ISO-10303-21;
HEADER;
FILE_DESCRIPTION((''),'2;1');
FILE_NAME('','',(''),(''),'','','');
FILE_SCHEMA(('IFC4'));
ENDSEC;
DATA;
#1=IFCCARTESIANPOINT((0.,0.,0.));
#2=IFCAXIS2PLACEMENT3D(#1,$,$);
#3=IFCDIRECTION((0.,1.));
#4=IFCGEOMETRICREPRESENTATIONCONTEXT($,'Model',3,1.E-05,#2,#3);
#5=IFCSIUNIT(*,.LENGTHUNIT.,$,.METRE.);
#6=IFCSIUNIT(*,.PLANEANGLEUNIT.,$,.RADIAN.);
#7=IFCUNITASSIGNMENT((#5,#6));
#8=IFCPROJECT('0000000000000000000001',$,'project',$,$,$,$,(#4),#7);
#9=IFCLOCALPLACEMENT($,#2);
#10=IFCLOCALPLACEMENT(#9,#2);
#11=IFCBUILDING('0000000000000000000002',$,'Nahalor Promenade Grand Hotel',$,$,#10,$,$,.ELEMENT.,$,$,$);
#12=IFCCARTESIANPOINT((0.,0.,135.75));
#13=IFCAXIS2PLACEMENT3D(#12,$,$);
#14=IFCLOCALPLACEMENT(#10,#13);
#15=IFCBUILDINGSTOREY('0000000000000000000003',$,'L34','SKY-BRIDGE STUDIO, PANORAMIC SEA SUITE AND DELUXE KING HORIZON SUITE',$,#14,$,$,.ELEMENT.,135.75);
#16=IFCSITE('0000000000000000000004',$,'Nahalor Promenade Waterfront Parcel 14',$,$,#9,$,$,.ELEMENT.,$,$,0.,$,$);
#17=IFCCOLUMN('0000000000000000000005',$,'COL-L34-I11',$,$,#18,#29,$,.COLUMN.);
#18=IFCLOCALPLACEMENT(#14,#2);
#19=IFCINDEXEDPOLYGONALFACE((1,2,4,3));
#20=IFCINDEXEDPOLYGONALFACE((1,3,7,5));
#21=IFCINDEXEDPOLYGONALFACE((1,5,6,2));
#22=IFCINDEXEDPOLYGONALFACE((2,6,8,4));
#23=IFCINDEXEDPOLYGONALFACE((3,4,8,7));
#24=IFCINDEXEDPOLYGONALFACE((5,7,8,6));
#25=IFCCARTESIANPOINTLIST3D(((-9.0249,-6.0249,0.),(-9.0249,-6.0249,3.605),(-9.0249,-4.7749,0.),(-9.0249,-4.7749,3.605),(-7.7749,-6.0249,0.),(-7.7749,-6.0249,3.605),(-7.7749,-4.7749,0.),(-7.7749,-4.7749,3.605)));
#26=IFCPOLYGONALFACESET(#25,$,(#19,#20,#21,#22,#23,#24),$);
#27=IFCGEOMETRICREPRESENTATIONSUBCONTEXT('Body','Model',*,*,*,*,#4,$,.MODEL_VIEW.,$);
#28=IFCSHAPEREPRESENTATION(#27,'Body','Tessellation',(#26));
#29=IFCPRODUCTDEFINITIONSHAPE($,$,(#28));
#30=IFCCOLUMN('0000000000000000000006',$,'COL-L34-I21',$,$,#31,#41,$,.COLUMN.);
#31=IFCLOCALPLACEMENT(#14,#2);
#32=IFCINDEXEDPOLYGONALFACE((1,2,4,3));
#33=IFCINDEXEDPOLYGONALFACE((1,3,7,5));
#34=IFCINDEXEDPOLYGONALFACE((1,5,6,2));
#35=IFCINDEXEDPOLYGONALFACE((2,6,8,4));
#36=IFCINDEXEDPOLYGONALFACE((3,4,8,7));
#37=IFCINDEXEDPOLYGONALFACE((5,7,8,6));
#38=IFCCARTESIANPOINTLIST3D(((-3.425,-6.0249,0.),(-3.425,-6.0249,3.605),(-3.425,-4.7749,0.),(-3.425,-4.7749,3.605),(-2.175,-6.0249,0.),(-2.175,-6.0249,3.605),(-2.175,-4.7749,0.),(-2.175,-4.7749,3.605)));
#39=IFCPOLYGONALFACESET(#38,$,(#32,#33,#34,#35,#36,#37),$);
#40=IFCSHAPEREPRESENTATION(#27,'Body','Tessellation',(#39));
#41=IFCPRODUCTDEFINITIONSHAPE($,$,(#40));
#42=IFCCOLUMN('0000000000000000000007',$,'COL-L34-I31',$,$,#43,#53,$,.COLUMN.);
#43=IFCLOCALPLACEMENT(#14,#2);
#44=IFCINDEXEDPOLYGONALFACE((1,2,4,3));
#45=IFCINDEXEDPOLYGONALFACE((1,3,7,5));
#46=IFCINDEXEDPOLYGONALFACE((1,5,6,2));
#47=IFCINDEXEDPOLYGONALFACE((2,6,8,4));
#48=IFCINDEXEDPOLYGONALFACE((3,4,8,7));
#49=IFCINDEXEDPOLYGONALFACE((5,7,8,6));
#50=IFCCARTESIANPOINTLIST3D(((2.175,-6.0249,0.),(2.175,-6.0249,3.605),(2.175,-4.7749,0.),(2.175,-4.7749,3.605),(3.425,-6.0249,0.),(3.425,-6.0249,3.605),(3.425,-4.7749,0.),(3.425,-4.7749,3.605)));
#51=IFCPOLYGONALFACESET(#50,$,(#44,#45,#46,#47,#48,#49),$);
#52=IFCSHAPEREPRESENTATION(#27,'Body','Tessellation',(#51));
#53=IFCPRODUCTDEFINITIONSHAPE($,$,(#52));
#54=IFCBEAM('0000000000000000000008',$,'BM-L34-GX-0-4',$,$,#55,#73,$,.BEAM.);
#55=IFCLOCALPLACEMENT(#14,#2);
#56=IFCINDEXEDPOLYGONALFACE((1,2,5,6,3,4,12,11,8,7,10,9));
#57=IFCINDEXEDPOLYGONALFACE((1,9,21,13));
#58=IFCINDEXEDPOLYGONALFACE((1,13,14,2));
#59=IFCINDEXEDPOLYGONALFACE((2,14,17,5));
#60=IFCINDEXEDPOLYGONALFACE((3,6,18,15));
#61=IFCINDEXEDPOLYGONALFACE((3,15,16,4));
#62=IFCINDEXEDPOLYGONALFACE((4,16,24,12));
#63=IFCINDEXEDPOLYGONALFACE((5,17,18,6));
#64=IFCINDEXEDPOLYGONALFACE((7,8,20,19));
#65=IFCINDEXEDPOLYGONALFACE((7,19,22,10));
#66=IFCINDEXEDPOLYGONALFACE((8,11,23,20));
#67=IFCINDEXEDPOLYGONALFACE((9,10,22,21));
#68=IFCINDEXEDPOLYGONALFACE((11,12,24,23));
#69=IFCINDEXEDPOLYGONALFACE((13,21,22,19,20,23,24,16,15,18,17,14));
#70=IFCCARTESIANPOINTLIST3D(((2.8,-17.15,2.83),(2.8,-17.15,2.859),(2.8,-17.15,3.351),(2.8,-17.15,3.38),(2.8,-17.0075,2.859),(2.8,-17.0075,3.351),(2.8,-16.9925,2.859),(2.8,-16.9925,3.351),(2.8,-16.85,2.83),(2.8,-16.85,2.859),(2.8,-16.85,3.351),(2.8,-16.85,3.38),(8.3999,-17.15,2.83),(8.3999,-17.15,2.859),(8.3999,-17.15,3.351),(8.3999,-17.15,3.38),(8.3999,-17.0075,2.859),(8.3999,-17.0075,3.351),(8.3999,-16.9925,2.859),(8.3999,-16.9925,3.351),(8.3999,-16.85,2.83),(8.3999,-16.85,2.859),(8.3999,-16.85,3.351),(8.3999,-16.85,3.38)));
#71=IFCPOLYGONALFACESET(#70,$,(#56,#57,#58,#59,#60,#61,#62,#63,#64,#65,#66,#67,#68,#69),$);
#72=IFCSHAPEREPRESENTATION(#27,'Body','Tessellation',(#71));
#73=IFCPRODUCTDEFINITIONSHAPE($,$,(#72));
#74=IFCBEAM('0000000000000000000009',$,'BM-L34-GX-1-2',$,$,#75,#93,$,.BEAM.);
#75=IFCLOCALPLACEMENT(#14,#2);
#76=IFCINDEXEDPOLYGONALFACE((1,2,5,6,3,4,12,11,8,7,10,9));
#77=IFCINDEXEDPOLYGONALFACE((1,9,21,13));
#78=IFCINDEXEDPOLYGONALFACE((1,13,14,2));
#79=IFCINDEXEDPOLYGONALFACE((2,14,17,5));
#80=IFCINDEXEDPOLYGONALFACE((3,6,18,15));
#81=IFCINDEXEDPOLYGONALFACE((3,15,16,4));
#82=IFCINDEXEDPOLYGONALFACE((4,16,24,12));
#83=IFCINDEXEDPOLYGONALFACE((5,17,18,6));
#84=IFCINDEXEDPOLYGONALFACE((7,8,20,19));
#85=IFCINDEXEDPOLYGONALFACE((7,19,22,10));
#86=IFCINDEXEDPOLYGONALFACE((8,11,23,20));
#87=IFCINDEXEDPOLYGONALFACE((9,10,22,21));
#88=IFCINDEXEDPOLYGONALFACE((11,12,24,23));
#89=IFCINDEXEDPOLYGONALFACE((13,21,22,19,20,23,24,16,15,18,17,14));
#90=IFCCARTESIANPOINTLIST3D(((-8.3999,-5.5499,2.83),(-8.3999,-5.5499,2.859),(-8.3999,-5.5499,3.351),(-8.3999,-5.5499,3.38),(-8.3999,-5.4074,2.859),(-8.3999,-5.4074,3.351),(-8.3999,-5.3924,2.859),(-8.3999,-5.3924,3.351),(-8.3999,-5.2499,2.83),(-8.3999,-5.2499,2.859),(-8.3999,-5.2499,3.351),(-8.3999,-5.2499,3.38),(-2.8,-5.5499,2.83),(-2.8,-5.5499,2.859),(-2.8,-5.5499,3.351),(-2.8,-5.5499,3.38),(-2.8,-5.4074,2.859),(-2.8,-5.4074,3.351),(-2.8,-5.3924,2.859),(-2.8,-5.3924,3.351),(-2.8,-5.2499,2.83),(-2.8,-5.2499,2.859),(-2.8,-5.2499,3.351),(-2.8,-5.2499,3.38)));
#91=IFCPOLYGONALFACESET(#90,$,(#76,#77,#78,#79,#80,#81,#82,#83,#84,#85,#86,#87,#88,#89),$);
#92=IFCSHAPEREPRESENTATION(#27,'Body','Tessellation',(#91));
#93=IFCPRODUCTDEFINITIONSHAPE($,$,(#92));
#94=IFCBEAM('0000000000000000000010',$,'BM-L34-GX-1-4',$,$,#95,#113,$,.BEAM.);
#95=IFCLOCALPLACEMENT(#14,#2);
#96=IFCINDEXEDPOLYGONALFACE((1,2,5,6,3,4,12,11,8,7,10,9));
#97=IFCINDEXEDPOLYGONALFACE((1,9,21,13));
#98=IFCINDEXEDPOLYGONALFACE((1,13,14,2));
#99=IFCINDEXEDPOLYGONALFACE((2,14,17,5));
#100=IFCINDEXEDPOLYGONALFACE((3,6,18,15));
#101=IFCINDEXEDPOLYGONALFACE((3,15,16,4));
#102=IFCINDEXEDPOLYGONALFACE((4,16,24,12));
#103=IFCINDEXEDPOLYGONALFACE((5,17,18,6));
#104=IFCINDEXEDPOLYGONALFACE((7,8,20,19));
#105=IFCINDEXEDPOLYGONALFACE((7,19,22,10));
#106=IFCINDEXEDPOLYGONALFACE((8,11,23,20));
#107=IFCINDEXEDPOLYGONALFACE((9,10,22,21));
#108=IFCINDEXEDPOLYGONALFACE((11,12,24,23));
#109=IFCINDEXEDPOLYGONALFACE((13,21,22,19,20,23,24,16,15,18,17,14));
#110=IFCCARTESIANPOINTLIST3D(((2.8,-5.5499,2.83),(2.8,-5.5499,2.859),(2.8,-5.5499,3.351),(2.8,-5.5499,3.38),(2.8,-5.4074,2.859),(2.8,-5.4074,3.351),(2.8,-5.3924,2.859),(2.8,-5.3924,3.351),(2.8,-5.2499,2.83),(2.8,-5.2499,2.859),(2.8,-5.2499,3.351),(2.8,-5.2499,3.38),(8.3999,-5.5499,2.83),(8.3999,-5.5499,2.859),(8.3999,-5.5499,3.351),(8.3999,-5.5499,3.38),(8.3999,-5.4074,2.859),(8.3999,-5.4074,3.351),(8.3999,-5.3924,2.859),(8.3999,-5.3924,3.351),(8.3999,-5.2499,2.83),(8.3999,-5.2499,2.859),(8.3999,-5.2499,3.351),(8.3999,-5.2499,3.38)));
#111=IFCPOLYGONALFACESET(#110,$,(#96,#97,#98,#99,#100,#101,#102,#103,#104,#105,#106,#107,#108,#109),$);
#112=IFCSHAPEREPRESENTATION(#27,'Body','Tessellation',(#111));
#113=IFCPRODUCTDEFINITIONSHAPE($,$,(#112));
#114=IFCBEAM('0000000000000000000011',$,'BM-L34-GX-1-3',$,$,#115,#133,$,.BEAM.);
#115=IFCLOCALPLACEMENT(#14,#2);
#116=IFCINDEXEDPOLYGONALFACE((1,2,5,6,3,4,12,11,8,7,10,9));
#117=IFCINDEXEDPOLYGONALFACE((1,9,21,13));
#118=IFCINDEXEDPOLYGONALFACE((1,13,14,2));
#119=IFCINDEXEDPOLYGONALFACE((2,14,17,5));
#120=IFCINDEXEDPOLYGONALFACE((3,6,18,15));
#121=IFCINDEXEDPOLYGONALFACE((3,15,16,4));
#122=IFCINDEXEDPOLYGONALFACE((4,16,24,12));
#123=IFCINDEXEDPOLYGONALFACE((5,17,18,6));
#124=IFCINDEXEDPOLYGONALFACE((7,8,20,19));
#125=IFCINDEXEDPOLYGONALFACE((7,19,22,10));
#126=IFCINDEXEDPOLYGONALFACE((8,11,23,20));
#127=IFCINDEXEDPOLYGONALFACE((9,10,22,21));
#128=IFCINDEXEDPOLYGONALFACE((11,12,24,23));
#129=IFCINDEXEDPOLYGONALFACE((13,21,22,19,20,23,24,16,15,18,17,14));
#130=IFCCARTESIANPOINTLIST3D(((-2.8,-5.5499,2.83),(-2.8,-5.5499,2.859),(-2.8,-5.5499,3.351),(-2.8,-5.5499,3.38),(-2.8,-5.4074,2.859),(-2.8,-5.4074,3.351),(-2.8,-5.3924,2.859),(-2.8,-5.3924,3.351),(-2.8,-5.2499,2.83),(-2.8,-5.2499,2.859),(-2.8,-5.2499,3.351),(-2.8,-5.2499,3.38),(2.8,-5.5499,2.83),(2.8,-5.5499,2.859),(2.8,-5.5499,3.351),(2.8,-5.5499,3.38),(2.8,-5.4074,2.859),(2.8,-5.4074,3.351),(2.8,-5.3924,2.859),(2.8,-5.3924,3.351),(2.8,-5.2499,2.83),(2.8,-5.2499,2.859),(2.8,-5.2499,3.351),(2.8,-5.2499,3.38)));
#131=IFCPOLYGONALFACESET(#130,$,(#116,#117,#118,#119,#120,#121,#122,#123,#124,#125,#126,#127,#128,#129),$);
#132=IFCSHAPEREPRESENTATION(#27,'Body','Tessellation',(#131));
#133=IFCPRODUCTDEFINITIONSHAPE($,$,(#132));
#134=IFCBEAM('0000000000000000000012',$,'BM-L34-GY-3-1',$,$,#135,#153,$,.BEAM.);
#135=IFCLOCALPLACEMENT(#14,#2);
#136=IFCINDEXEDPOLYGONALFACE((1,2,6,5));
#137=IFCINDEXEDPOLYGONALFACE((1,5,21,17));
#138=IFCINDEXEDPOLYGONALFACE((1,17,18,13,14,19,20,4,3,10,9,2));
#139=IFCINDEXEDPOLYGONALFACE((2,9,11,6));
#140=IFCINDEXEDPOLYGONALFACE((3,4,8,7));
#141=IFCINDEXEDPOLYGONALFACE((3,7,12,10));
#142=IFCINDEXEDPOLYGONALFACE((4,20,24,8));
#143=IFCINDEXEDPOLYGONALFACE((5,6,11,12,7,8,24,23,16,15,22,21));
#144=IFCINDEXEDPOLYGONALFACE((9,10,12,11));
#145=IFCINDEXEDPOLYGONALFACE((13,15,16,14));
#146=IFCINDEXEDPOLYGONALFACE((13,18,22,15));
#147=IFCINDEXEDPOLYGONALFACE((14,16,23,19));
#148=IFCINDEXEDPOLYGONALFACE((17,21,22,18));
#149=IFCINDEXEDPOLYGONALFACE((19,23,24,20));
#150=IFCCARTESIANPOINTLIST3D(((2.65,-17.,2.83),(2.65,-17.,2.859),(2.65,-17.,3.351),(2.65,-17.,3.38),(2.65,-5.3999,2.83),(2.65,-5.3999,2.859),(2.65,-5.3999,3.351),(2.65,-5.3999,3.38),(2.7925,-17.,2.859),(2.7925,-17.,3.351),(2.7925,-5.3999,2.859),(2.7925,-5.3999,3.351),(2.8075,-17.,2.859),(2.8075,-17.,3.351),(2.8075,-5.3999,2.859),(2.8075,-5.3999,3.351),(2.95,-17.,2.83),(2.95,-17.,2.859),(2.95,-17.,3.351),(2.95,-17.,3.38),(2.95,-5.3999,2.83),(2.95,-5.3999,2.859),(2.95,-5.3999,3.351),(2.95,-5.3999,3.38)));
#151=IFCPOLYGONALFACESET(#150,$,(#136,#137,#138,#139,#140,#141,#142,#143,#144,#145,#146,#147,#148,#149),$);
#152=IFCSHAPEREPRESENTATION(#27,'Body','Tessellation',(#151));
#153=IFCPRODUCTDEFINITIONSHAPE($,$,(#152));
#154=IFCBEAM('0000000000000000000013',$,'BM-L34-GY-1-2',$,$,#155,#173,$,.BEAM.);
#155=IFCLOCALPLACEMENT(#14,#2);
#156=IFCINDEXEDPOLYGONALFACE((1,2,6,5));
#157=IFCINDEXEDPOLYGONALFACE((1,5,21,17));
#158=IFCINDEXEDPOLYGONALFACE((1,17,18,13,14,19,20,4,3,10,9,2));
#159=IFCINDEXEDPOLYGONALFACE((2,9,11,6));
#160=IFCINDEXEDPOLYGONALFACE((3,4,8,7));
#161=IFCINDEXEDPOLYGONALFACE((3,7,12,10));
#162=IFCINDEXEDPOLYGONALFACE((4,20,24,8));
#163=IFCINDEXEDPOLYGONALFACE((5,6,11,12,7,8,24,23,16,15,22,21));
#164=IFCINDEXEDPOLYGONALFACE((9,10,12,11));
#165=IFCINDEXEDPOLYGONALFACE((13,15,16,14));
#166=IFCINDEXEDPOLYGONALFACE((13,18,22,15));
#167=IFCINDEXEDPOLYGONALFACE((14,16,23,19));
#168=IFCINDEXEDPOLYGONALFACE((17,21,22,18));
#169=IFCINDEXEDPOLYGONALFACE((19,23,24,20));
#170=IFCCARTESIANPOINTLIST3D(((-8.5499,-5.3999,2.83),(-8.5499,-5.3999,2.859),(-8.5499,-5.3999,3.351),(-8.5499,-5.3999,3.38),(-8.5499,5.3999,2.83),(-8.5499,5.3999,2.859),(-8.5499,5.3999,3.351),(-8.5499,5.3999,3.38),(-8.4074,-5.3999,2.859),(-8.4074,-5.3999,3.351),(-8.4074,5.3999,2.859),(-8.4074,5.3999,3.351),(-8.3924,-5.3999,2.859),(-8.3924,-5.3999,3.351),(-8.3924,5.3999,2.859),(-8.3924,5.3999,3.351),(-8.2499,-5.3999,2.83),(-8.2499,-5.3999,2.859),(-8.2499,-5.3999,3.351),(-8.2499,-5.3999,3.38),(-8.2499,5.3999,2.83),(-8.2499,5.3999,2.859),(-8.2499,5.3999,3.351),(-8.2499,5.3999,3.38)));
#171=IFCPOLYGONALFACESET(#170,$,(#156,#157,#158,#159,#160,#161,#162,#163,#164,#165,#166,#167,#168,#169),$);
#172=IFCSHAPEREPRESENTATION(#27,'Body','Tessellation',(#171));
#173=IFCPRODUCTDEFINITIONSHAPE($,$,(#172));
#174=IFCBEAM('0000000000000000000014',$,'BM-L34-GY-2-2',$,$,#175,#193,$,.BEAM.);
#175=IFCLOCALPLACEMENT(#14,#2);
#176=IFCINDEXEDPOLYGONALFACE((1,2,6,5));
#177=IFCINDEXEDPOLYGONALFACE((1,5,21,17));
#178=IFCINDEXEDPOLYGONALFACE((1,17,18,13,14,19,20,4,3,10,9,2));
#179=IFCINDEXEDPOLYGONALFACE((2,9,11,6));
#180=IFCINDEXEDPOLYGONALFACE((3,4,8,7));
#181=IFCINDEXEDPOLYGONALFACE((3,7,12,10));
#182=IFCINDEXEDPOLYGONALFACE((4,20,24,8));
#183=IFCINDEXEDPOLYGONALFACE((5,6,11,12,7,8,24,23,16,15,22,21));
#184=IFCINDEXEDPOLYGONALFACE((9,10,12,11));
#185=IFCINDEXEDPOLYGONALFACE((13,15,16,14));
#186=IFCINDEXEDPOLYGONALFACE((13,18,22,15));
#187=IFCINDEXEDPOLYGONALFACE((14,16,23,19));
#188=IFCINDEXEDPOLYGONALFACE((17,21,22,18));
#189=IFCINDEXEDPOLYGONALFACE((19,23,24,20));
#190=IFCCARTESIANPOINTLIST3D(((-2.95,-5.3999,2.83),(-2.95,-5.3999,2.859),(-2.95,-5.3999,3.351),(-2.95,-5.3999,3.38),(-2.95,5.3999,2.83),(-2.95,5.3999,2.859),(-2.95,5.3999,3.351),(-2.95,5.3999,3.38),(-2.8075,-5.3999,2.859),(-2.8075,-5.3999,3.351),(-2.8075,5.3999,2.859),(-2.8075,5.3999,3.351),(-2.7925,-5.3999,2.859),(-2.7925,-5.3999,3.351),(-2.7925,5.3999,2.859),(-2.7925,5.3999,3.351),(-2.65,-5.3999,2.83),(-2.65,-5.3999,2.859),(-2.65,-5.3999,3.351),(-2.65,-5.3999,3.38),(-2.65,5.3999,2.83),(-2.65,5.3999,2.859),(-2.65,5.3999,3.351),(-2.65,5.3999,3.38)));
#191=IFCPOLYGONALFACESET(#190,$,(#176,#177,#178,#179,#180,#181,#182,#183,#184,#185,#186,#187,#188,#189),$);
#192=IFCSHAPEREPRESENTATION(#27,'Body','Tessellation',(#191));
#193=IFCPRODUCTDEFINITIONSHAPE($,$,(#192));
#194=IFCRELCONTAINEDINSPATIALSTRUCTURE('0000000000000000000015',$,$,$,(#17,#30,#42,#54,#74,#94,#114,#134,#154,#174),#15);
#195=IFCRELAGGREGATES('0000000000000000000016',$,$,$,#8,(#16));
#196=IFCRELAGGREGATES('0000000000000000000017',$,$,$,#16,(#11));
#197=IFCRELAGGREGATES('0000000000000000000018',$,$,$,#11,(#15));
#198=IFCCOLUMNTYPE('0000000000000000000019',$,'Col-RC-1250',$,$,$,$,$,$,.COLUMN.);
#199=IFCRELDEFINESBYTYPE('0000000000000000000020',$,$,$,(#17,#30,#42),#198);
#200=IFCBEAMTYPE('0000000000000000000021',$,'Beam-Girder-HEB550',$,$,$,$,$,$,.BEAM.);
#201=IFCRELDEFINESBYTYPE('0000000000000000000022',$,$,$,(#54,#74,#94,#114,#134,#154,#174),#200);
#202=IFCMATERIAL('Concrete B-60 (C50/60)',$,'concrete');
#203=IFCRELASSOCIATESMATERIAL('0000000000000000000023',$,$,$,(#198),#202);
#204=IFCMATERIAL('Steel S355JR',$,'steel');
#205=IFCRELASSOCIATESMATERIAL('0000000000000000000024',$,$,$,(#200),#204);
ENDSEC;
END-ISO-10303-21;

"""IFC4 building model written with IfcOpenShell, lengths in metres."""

from ifc_helpers import new_model, si_unit, direction, frame, origin, origin_2d, place, context, subcontext, project, spatial, rectangle, i_section, extrude, source, transform, mapped, material, material_profile, profile_set, type_object, element, save


model = new_model("IFC4")

# Units and contexts
model_context = context("Model", 3, precision=1e-05, world=origin(), true_north=direction((0.0, 1.0)))
body_context = subcontext(model_context, "Body", "Model", "MODEL_VIEW")
ifc_project = project(units=[si_unit("LENGTHUNIT", "METRE"), si_unit("PLANEANGLEUNIT", "RADIAN")], contexts=[model_context])

# Site, building, storey
site_placement = place(None, origin())
site = spatial("IfcSite", under=ifc_project, at=site_placement, Name="Nahalor Promenade Waterfront Parcel 14", CompositionType="ELEMENT", RefElevation=0.0)
building_placement = place(site_placement, origin())
building = spatial("IfcBuilding", under=site, at=building_placement, Name="Nahalor Promenade Grand Hotel", CompositionType="ELEMENT")
storey_placement = place(building_placement, frame((0.0, 0.0, 135.75)))
storey = spatial("IfcBuildingStorey", under=building, at=storey_placement, Name="L34", Description="SKY-BRIDGE STUDIO, PANORAMIC SEA SUITE AND DELUXE KING HORIZON SUITE", CompositionType="ELEMENT", Elevation=135.75)

# Columns
ifc_material_1 = material(Name="Concrete B-60 (C50/60)", Category="concrete")
ifc_material_profile_1 = material_profile(ifc_material_1, rectangle(XDim=1.25, YDim=1.25, at=origin_2d()), Name="RC 1250x1250")
ifc_profile_set_1 = profile_set([ifc_material_profile_1], Name="Concrete B-60 (C50/60)")
column_type = type_object("IfcColumnType", Name="Col-RC-1250", PredefinedType="COLUMN", material=ifc_profile_set_1)
shared_shape_1 = source(origin(), body_context, "Body", "SweptSolid", [
    extrude(rectangle(XDim=1.25, YDim=1.25, at=origin_2d()), origin(), (0.0, 0.0, 1.0), 3.605),
])
for number, where, z_axis, x_axis, name in (
    (1, (-8.3999, -5.3999, 0.0), (0.0, 0.0, 1.0), (1.0, 0.0, 0.0), "COL-L34-I11"),
    (2, (-2.8, -5.3999, 0.0), (0.0, 0.0, 1.0), (1.0, 0.0, 0.0), "COL-L34-I21"),
    (3, (2.8, -5.3999, 0.0), (0.0, 0.0, 1.0), (1.0, 0.0, 0.0), "COL-L34-I31"),
):
    element("IfcColumn", number, at=place(storey_placement, frame(where, z_axis=z_axis, x_axis=x_axis)), inside=storey, type_object=column_type, Name=name, PredefinedType="COLUMN", context=body_context, shape_type="MappedRepresentation", body=[
        mapped(shared_shape_1, transform((0.0, 0.0, 0.0), scale=1.0)),
    ])

# Beams
ifc_material_2 = material(Name="Steel S355JR", Category="steel")
ifc_material_profile_2 = material_profile(ifc_material_2, i_section(OverallWidth=0.3, OverallDepth=0.55, WebThickness=0.015, FlangeThickness=0.029, at=origin_2d()), Name="HEB 550")
ifc_profile_set_2 = profile_set([ifc_material_profile_2], Name="Steel S355JR")
beam_type = type_object("IfcBeamType", Name="Beam-Girder-HEB550", PredefinedType="BEAM", material=ifc_profile_set_2)
shared_shape_2 = source(origin(), body_context, "Body", "SweptSolid", [
    extrude(i_section(OverallWidth=0.3, OverallDepth=0.55, WebThickness=0.015, FlangeThickness=0.029, at=origin_2d()), origin(), (0.0, 0.0, 1.0), 5.5999),
])
for number, where, z_axis, x_axis, name in (
    (4, (2.8, -17.0, 3.105), (1.0, 0.0, 0.0), (0.0, 1.0, 0.0), "BM-L34-GX-0-4"),
    (5, (-8.3999, -5.3999, 3.105), (1.0, 0.0, 0.0), (0.0, 1.0, 0.0), "BM-L34-GX-1-2"),
    (6, (2.8, -5.3999, 3.105), (1.0, 0.0, 0.0), (0.0, 1.0, 0.0), "BM-L34-GX-1-4"),
):
    element("IfcBeam", number, at=place(storey_placement, frame(where, z_axis=z_axis, x_axis=x_axis)), inside=storey, type_object=beam_type, Name=name, PredefinedType="BEAM", context=body_context, shape_type="MappedRepresentation", body=[
        mapped(shared_shape_2, transform((0.0, 0.0, 0.0), scale=1.0)),
    ])
shared_shape_3 = source(origin(), body_context, "Body", "SweptSolid", [
    extrude(i_section(OverallWidth=0.3, OverallDepth=0.55, WebThickness=0.015, FlangeThickness=0.029, at=origin_2d()), origin(), (0.0, 0.0, 1.0), 5.6001),
])
beam_1_placement = place(storey_placement, frame((-2.8, -5.3999, 3.105), z_axis=(1.0, 0.0, 0.0), x_axis=(0.0, 1.0, 0.0)))
element("IfcBeam", 7, at=beam_1_placement, inside=storey, type_object=beam_type, Name="BM-L34-GX-1-3", PredefinedType="BEAM", context=body_context, shape_type="MappedRepresentation", body=[
    mapped(shared_shape_3, transform((0.0, 0.0, 0.0), scale=1.0)),
])
shared_shape_4 = source(origin(), body_context, "Body", "SweptSolid", [
    extrude(i_section(OverallWidth=0.3, OverallDepth=0.55, WebThickness=0.015, FlangeThickness=0.029, at=origin_2d()), origin(), (0.0, 0.0, 1.0), 11.6001),
])
beam_2_placement = place(storey_placement, frame((2.8, -17.0, 3.105), z_axis=(0.0, 1.0, 0.0), x_axis=(-1.0, 0.0, 0.0)))
element("IfcBeam", 8, at=beam_2_placement, inside=storey, type_object=beam_type, Name="BM-L34-GY-3-1", PredefinedType="BEAM", context=body_context, shape_type="MappedRepresentation", body=[
    mapped(shared_shape_4, transform((0.0, 0.0, 0.0), scale=1.0)),
])
shared_shape_5 = source(origin(), body_context, "Body", "SweptSolid", [
    extrude(i_section(OverallWidth=0.3, OverallDepth=0.55, WebThickness=0.015, FlangeThickness=0.029, at=origin_2d()), origin(), (0.0, 0.0, 1.0), 10.7998),
])
for number, where, z_axis, x_axis, name in (
    (9, (-8.3999, -5.3999, 3.105), (0.0, 1.0, 0.0), (-1.0, 0.0, 0.0), "BM-L34-GY-1-2"),
    (10, (-2.8, -5.3999, 3.105), (0.0, 1.0, 0.0), (-1.0, 0.0, 0.0), "BM-L34-GY-2-2"),
):
    element("IfcBeam", number, at=place(storey_placement, frame(where, z_axis=z_axis, x_axis=x_axis)), inside=storey, type_object=beam_type, Name=name, PredefinedType="BEAM", context=body_context, shape_type="MappedRepresentation", body=[
        mapped(shared_shape_5, transform((0.0, 0.0, 0.0), scale=1.0)),
    ])

save(model, "model.ifc")
